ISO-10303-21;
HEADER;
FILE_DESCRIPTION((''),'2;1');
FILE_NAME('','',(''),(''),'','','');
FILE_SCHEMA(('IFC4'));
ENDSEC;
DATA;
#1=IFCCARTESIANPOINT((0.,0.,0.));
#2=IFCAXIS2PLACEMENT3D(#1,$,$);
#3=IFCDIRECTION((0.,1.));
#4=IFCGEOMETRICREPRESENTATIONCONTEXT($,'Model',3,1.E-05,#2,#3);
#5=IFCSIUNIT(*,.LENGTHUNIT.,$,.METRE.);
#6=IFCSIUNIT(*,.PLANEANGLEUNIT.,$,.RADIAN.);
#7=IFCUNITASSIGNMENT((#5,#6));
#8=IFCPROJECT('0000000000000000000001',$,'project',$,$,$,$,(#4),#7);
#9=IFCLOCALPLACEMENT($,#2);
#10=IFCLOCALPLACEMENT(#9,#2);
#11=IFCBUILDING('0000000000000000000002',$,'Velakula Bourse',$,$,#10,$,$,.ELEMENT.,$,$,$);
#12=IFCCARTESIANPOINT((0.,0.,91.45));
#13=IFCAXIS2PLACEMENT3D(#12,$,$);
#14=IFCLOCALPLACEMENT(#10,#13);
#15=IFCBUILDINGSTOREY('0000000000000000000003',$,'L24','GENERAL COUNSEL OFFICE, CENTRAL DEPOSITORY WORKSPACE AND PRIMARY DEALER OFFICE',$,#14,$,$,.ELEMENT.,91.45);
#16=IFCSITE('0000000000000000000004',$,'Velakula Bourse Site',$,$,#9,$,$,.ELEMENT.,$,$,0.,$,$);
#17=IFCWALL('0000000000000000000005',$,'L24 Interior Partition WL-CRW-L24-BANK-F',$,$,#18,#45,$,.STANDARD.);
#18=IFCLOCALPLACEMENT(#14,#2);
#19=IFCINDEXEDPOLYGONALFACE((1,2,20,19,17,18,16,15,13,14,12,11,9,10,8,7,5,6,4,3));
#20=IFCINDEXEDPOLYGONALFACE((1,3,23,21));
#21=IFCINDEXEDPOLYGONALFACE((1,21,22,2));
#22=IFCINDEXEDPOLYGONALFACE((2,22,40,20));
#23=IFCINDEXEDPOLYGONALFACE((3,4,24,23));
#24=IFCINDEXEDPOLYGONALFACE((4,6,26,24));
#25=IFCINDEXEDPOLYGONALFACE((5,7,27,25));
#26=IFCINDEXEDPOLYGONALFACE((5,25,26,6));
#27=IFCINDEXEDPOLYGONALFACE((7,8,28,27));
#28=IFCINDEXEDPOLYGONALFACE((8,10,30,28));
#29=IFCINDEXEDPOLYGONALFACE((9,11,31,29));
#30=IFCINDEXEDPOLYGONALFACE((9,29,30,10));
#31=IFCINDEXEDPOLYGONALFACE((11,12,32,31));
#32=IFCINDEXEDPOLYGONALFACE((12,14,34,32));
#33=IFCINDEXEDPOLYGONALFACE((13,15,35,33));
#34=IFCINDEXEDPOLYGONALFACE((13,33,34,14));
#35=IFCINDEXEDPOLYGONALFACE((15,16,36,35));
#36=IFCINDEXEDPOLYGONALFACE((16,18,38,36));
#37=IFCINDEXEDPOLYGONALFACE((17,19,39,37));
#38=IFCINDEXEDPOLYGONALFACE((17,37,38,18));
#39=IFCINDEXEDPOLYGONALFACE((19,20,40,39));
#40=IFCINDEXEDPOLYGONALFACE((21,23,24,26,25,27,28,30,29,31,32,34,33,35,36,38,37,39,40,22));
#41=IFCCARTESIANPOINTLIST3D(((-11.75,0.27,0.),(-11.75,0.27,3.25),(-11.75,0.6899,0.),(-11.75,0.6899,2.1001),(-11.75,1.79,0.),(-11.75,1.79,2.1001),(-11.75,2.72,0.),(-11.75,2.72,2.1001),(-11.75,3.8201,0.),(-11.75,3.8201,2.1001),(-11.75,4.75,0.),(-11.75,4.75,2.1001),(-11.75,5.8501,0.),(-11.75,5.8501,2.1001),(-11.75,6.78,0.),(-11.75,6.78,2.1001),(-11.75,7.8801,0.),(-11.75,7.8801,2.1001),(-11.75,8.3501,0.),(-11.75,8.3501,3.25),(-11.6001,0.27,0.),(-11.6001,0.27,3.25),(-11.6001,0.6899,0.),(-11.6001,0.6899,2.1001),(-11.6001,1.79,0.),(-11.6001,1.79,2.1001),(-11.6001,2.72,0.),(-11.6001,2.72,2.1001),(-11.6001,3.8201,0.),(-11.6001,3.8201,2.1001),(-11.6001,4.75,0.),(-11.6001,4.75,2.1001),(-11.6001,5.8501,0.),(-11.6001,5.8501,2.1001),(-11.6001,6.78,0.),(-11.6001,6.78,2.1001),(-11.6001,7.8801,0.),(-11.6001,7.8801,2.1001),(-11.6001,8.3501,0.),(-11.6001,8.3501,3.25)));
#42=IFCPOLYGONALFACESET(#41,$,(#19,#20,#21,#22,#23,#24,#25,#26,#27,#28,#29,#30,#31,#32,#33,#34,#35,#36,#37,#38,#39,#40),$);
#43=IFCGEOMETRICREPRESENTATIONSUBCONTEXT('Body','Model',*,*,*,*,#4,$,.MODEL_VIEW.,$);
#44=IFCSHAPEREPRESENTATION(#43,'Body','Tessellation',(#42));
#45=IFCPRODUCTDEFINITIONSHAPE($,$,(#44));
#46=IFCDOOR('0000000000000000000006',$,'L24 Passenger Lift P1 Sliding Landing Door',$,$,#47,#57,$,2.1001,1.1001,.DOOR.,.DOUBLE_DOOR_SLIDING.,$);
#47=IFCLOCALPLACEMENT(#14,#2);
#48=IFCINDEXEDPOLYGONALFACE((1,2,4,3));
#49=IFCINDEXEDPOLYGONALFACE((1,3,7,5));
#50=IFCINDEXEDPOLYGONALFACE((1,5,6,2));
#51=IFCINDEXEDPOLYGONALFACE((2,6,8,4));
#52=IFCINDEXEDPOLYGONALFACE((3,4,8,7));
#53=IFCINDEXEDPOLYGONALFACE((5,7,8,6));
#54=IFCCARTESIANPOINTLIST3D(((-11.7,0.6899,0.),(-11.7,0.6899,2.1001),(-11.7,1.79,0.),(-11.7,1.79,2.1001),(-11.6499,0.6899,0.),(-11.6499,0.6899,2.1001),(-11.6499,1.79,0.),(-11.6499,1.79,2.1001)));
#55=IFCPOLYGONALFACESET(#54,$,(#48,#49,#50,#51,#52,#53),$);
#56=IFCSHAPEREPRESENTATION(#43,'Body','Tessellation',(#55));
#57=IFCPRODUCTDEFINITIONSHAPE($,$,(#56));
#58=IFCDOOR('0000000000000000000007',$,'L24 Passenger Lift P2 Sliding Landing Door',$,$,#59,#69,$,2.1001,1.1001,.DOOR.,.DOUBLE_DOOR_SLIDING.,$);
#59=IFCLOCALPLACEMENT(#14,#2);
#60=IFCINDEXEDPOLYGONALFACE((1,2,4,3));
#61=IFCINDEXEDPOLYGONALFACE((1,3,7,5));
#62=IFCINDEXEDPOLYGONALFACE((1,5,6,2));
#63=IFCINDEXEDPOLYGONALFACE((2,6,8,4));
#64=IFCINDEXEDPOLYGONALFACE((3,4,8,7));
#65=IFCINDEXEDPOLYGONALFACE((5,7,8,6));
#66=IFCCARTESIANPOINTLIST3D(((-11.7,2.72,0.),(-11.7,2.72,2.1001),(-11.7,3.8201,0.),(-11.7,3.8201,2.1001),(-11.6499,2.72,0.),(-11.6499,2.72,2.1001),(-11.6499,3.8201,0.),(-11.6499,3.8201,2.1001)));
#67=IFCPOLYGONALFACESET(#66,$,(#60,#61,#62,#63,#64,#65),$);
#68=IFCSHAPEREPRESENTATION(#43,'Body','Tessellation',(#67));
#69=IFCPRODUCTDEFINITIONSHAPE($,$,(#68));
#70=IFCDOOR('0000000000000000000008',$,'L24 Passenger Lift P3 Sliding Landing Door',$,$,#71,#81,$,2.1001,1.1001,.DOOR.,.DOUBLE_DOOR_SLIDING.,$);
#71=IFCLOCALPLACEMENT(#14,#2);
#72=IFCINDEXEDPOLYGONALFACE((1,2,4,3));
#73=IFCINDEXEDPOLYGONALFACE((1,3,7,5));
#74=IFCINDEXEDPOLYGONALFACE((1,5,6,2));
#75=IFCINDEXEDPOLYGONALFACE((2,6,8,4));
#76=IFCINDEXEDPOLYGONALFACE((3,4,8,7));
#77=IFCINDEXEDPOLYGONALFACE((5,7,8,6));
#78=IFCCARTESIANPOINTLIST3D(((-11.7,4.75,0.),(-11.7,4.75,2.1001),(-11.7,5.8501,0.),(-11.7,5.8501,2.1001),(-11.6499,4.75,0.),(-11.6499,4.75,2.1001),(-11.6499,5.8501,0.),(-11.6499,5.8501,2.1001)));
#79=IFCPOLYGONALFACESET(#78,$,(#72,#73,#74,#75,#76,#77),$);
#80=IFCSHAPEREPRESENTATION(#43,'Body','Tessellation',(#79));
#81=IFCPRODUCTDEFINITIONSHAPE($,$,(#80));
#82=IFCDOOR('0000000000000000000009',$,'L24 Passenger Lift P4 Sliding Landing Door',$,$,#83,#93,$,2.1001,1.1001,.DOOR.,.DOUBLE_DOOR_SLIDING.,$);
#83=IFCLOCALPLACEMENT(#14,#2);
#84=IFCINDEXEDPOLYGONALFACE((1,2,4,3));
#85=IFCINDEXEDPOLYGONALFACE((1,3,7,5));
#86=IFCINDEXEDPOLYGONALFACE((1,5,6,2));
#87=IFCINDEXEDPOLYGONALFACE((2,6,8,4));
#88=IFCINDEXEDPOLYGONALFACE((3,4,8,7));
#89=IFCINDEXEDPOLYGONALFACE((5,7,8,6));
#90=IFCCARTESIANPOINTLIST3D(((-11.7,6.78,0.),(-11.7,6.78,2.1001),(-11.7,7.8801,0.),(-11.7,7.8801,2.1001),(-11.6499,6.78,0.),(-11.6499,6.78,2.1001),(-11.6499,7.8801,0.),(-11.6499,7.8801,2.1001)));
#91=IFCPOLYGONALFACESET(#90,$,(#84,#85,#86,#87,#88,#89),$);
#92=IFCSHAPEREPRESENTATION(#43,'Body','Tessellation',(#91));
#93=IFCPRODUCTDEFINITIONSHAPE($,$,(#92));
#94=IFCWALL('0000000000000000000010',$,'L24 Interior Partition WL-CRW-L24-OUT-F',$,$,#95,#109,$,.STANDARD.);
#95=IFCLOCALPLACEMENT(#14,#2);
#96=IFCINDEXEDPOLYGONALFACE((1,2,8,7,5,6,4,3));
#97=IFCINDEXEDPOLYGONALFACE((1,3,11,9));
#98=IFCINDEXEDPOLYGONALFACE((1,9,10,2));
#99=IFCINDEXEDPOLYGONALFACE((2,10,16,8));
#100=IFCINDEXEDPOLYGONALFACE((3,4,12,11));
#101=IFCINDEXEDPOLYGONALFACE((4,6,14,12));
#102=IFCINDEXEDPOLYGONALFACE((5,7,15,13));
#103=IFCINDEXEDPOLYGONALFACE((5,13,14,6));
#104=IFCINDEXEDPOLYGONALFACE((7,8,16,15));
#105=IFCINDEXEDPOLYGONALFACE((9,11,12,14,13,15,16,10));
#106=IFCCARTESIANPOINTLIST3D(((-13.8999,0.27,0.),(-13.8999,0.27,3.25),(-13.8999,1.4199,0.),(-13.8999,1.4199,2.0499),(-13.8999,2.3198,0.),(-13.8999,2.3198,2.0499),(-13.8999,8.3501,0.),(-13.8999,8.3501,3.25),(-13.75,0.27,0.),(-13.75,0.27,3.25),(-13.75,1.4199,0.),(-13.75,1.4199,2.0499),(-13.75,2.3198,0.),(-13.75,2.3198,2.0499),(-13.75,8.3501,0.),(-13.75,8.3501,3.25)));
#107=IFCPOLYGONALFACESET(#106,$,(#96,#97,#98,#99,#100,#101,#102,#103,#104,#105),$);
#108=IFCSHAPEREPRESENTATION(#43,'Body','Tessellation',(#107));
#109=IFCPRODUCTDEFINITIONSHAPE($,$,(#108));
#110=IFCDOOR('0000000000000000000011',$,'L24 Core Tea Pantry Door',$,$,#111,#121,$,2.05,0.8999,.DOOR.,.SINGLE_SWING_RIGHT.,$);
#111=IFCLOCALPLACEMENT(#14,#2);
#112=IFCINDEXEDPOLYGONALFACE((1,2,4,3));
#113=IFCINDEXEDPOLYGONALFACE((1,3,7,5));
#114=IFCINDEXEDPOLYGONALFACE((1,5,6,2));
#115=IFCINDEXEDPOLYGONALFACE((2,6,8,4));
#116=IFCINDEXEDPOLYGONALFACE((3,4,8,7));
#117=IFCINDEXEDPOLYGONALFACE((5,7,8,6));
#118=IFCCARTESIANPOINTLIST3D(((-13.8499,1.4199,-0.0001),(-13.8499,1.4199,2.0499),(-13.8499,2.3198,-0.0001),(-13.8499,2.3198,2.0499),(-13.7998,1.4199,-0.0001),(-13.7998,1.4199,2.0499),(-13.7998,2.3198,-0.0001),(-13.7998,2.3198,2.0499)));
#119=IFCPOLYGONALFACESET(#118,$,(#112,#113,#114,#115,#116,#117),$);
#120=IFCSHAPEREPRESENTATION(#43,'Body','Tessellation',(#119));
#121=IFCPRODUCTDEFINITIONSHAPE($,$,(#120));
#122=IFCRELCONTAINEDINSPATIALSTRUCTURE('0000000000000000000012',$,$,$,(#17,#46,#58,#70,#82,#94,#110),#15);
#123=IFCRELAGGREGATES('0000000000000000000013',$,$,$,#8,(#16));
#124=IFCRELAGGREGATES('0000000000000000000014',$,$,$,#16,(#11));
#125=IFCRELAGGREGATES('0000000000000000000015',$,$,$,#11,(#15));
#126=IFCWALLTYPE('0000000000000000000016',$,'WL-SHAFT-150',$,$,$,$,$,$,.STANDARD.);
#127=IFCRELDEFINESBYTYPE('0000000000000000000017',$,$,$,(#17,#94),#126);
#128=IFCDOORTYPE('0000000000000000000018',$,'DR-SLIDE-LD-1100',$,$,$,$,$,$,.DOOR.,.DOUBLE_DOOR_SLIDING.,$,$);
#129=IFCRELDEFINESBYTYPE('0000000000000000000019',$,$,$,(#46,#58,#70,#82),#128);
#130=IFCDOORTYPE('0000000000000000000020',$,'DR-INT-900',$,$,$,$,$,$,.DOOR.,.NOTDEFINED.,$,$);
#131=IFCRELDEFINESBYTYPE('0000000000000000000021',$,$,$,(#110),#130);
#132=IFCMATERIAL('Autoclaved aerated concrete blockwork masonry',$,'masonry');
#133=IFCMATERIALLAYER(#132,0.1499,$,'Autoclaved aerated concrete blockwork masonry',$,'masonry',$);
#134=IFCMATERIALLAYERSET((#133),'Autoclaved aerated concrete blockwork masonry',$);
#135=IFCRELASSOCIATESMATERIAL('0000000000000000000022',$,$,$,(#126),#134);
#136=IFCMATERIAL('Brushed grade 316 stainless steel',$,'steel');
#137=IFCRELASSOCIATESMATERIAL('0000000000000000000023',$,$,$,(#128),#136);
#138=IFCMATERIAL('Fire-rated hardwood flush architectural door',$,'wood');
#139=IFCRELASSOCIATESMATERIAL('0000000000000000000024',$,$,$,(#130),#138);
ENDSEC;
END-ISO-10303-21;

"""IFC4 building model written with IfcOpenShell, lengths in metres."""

from ifc_helpers import new_model, si_unit, direction, frame, frame_2d, origin, place, context, subcontext, project, spatial, rectangle, extrude, material, layer, layer_set, type_object, element, fill, save


model = new_model("IFC4")

# Units and contexts
model_context = context("Model", 3, precision=1e-05, world=origin(), true_north=direction((0.0, 1.0)))
body_context = subcontext(model_context, "Body", "Model", "MODEL_VIEW")
ifc_project = project(units=[si_unit("LENGTHUNIT", "METRE"), si_unit("PLANEANGLEUNIT", "RADIAN")], contexts=[model_context])

# Site, building, storey
site_placement = place(None, origin())
site = spatial("IfcSite", under=ifc_project, at=site_placement, Name="Velakula Bourse Site", CompositionType="ELEMENT", RefElevation=0.0)
building_placement = place(site_placement, origin())
building = spatial("IfcBuilding", under=site, at=building_placement, Name="Velakula Bourse", CompositionType="ELEMENT")
storey_placement = place(building_placement, frame((0.0, 0.0, 91.45)))
storey = spatial("IfcBuildingStorey", under=building, at=storey_placement, Name="L24", Description="GENERAL COUNSEL OFFICE, CENTRAL DEPOSITORY WORKSPACE AND PRIMARY DEALER OFFICE", CompositionType="ELEMENT", Elevation=91.45)

# Shared definitions
ifc_material_1 = material(Name="Fire-rated hardwood flush architectural door", Category="wood")

# Shared definitions
ifc_material_2 = material(Name="Autoclaved aerated concrete blockwork masonry", Category="masonry")
ifc_layer_1 = layer(ifc_material_2, 0.1499, Name="Autoclaved aerated concrete blockwork masonry", Category="masonry")
ifc_layer_set_1 = layer_set([ifc_layer_1], Name="Autoclaved aerated concrete blockwork masonry")
wall_type_1 = type_object("IfcWallType", Name="WL-SHAFT-150", PredefinedType="STANDARD", material=ifc_layer_set_1)

# Wall, openings, doors
wall_1_placement = place(storey_placement, frame((-11.675, 0.27, 0.0), z_axis=(0.0, 0.0, 1.0), x_axis=(0.0, 1.0, 0.0)))
wall_1 = element("IfcWall", 1, at=wall_1_placement, inside=storey, type_object=wall_type_1, Name="L24 Interior Partition WL-CRW-L24-BANK-F", PredefinedType="STANDARD", context=body_context, shape_type="SweptSolid", body=[
    extrude(rectangle(XDim=8.0801, YDim=0.1499, at=frame_2d((4.04, 0.0))), origin(), (0.0, 0.0, 1.0), 3.25),
])
opening_1_placement = place(wall_1_placement, frame((0.4199, 0.0, 0.0)))
opening_1 = element("IfcOpeningElement", 2, at=opening_1_placement, cuts=wall_1, PredefinedType="OPENING", context=body_context, shape_type="SweptSolid", body=[
    extrude(rectangle(XDim=1.1001, YDim=2.1001, at=frame_2d((0.55, 1.05))), frame((0.0, 0.085, 0.0), z_axis=(0.0, -1.0, 0.0), x_axis=(1.0, 0.0, 0.0)), (0.0, 0.0, 1.0), 0.1699),
])
opening_2_placement = place(wall_1_placement, frame((2.45, 0.0, 0.0)))
opening_2 = element("IfcOpeningElement", 3, at=opening_2_placement, cuts=wall_1, PredefinedType="OPENING", context=body_context, shape_type="SweptSolid", body=[
    extrude(rectangle(XDim=1.1001, YDim=2.1001, at=frame_2d((0.55, 1.05))), frame((0.0, 0.085, 0.0), z_axis=(0.0, -1.0, 0.0), x_axis=(1.0, 0.0, 0.0)), (0.0, 0.0, 1.0), 0.1699),
])
opening_3_placement = place(wall_1_placement, frame((4.48, 0.0, 0.0)))
opening_3 = element("IfcOpeningElement", 4, at=opening_3_placement, cuts=wall_1, PredefinedType="OPENING", context=body_context, shape_type="SweptSolid", body=[
    extrude(rectangle(XDim=1.1001, YDim=2.1001, at=frame_2d((0.55, 1.05))), frame((0.0, 0.085, 0.0), z_axis=(0.0, -1.0, 0.0), x_axis=(1.0, 0.0, 0.0)), (0.0, 0.0, 1.0), 0.1699),
])
opening_4_placement = place(wall_1_placement, frame((6.51, 0.0, 0.0)))
opening_4 = element("IfcOpeningElement", 5, at=opening_4_placement, cuts=wall_1, PredefinedType="OPENING", context=body_context, shape_type="SweptSolid", body=[
    extrude(rectangle(XDim=1.1001, YDim=2.1001, at=frame_2d((0.55, 1.05))), frame((0.0, 0.085, 0.0), z_axis=(0.0, -1.0, 0.0), x_axis=(1.0, 0.0, 0.0)), (0.0, 0.0, 1.0), 0.1699),
])
ifc_material_3 = material(Name="Brushed grade 316 stainless steel", Category="steel")
door_type_1 = type_object("IfcDoorType", Name="DR-SLIDE-LD-1100", OperationType="DOUBLE_DOOR_SLIDING", PredefinedType="DOOR", material=ifc_material_3)
door_1_placement = place(opening_1_placement, origin())
door_1 = element("IfcDoor", 6, at=door_1_placement, inside=storey, type_object=door_type_1, Name="L24 Passenger Lift P1 Sliding Landing Door", OperationType="DOUBLE_DOOR_SLIDING", OverallHeight=2.1001, OverallWidth=1.1001, PredefinedType="DOOR", context=body_context, shape_type="SweptSolid", body=[
    extrude(rectangle(XDim=1.1001, YDim=2.1001, at=frame_2d((0.55, 1.05))), frame((0.0, 0.0249, 0.0), z_axis=(0.0, -1.0, 0.0), x_axis=(1.0, 0.0, 0.0)), (0.0, 0.0, 1.0), 0.05),
])
fill(opening_1, door_1)
door_2_placement = place(opening_2_placement, origin())
door_2 = element("IfcDoor", 7, at=door_2_placement, inside=storey, type_object=door_type_1, Name="L24 Passenger Lift P2 Sliding Landing Door", OperationType="DOUBLE_DOOR_SLIDING", OverallHeight=2.1001, OverallWidth=1.1001, PredefinedType="DOOR", context=body_context, shape_type="SweptSolid", body=[
    extrude(rectangle(XDim=1.1001, YDim=2.1001, at=frame_2d((0.55, 1.05))), frame((0.0, 0.0249, 0.0), z_axis=(0.0, -1.0, 0.0), x_axis=(1.0, 0.0, 0.0)), (0.0, 0.0, 1.0), 0.05),
])
fill(opening_2, door_2)
door_3_placement = place(opening_3_placement, origin())
door_3 = element("IfcDoor", 8, at=door_3_placement, inside=storey, type_object=door_type_1, Name="L24 Passenger Lift P3 Sliding Landing Door", OperationType="DOUBLE_DOOR_SLIDING", OverallHeight=2.1001, OverallWidth=1.1001, PredefinedType="DOOR", context=body_context, shape_type="SweptSolid", body=[
    extrude(rectangle(XDim=1.1001, YDim=2.1001, at=frame_2d((0.55, 1.05))), frame((0.0, 0.0249, 0.0), z_axis=(0.0, -1.0, 0.0), x_axis=(1.0, 0.0, 0.0)), (0.0, 0.0, 1.0), 0.05),
])
fill(opening_3, door_3)
door_4_placement = place(opening_4_placement, origin())
door_4 = element("IfcDoor", 9, at=door_4_placement, inside=storey, type_object=door_type_1, Name="L24 Passenger Lift P4 Sliding Landing Door", OperationType="DOUBLE_DOOR_SLIDING", OverallHeight=2.1001, OverallWidth=1.1001, PredefinedType="DOOR", context=body_context, shape_type="SweptSolid", body=[
    extrude(rectangle(XDim=1.1001, YDim=2.1001, at=frame_2d((0.55, 1.05))), frame((0.0, 0.0249, 0.0), z_axis=(0.0, -1.0, 0.0), x_axis=(1.0, 0.0, 0.0)), (0.0, 0.0, 1.0), 0.05),
])
fill(opening_4, door_4)

# Wall, opening, door
wall_2_placement = place(storey_placement, frame((-13.825, 0.27, 0.0), z_axis=(0.0, 0.0, 1.0), x_axis=(0.0, 1.0, 0.0)))
wall_2 = element("IfcWall", 10, at=wall_2_placement, inside=storey, type_object=wall_type_1, Name="L24 Interior Partition WL-CRW-L24-OUT-F", PredefinedType="STANDARD", context=body_context, shape_type="SweptSolid", body=[
    extrude(rectangle(XDim=8.0801, YDim=0.1499, at=frame_2d((4.04, 0.0))), origin(), (0.0, 0.0, 1.0), 3.25),
])
opening_5_placement = place(wall_2_placement, frame((1.1499, 0.0, 0.0)))
opening_5 = element("IfcOpeningElement", 11, at=opening_5_placement, cuts=wall_2, PredefinedType="OPENING", context=body_context, shape_type="SweptSolid", body=[
    extrude(rectangle(XDim=0.8999, YDim=2.05, at=frame_2d((0.45, 1.0249))), frame((0.0, 0.085, 0.0), z_axis=(0.0, -1.0, 0.0), x_axis=(1.0, 0.0, 0.0)), (0.0, 0.0, 1.0), 0.1699),
])
door_type_2 = type_object("IfcDoorType", Name="DR-INT-900", OperationType="NOTDEFINED", PredefinedType="DOOR", material=ifc_material_1)
door_5_placement = place(opening_5_placement, origin())
door_5 = element("IfcDoor", 12, at=door_5_placement, inside=storey, type_object=door_type_2, Name="L24 Core Tea Pantry Door", OperationType="SINGLE_SWING_RIGHT", OverallHeight=2.05, OverallWidth=0.8999, PredefinedType="DOOR", context=body_context, shape_type="SweptSolid", body=[
    extrude(rectangle(XDim=0.8999, YDim=2.05, at=frame_2d((0.45, 1.0249))), frame((0.0, 0.0249, 0.0), z_axis=(0.0, -1.0, 0.0), x_axis=(1.0, 0.0, 0.0)), (0.0, 0.0, 1.0), 0.05),
])
fill(opening_5, door_5)

save(model, "model.ifc")
